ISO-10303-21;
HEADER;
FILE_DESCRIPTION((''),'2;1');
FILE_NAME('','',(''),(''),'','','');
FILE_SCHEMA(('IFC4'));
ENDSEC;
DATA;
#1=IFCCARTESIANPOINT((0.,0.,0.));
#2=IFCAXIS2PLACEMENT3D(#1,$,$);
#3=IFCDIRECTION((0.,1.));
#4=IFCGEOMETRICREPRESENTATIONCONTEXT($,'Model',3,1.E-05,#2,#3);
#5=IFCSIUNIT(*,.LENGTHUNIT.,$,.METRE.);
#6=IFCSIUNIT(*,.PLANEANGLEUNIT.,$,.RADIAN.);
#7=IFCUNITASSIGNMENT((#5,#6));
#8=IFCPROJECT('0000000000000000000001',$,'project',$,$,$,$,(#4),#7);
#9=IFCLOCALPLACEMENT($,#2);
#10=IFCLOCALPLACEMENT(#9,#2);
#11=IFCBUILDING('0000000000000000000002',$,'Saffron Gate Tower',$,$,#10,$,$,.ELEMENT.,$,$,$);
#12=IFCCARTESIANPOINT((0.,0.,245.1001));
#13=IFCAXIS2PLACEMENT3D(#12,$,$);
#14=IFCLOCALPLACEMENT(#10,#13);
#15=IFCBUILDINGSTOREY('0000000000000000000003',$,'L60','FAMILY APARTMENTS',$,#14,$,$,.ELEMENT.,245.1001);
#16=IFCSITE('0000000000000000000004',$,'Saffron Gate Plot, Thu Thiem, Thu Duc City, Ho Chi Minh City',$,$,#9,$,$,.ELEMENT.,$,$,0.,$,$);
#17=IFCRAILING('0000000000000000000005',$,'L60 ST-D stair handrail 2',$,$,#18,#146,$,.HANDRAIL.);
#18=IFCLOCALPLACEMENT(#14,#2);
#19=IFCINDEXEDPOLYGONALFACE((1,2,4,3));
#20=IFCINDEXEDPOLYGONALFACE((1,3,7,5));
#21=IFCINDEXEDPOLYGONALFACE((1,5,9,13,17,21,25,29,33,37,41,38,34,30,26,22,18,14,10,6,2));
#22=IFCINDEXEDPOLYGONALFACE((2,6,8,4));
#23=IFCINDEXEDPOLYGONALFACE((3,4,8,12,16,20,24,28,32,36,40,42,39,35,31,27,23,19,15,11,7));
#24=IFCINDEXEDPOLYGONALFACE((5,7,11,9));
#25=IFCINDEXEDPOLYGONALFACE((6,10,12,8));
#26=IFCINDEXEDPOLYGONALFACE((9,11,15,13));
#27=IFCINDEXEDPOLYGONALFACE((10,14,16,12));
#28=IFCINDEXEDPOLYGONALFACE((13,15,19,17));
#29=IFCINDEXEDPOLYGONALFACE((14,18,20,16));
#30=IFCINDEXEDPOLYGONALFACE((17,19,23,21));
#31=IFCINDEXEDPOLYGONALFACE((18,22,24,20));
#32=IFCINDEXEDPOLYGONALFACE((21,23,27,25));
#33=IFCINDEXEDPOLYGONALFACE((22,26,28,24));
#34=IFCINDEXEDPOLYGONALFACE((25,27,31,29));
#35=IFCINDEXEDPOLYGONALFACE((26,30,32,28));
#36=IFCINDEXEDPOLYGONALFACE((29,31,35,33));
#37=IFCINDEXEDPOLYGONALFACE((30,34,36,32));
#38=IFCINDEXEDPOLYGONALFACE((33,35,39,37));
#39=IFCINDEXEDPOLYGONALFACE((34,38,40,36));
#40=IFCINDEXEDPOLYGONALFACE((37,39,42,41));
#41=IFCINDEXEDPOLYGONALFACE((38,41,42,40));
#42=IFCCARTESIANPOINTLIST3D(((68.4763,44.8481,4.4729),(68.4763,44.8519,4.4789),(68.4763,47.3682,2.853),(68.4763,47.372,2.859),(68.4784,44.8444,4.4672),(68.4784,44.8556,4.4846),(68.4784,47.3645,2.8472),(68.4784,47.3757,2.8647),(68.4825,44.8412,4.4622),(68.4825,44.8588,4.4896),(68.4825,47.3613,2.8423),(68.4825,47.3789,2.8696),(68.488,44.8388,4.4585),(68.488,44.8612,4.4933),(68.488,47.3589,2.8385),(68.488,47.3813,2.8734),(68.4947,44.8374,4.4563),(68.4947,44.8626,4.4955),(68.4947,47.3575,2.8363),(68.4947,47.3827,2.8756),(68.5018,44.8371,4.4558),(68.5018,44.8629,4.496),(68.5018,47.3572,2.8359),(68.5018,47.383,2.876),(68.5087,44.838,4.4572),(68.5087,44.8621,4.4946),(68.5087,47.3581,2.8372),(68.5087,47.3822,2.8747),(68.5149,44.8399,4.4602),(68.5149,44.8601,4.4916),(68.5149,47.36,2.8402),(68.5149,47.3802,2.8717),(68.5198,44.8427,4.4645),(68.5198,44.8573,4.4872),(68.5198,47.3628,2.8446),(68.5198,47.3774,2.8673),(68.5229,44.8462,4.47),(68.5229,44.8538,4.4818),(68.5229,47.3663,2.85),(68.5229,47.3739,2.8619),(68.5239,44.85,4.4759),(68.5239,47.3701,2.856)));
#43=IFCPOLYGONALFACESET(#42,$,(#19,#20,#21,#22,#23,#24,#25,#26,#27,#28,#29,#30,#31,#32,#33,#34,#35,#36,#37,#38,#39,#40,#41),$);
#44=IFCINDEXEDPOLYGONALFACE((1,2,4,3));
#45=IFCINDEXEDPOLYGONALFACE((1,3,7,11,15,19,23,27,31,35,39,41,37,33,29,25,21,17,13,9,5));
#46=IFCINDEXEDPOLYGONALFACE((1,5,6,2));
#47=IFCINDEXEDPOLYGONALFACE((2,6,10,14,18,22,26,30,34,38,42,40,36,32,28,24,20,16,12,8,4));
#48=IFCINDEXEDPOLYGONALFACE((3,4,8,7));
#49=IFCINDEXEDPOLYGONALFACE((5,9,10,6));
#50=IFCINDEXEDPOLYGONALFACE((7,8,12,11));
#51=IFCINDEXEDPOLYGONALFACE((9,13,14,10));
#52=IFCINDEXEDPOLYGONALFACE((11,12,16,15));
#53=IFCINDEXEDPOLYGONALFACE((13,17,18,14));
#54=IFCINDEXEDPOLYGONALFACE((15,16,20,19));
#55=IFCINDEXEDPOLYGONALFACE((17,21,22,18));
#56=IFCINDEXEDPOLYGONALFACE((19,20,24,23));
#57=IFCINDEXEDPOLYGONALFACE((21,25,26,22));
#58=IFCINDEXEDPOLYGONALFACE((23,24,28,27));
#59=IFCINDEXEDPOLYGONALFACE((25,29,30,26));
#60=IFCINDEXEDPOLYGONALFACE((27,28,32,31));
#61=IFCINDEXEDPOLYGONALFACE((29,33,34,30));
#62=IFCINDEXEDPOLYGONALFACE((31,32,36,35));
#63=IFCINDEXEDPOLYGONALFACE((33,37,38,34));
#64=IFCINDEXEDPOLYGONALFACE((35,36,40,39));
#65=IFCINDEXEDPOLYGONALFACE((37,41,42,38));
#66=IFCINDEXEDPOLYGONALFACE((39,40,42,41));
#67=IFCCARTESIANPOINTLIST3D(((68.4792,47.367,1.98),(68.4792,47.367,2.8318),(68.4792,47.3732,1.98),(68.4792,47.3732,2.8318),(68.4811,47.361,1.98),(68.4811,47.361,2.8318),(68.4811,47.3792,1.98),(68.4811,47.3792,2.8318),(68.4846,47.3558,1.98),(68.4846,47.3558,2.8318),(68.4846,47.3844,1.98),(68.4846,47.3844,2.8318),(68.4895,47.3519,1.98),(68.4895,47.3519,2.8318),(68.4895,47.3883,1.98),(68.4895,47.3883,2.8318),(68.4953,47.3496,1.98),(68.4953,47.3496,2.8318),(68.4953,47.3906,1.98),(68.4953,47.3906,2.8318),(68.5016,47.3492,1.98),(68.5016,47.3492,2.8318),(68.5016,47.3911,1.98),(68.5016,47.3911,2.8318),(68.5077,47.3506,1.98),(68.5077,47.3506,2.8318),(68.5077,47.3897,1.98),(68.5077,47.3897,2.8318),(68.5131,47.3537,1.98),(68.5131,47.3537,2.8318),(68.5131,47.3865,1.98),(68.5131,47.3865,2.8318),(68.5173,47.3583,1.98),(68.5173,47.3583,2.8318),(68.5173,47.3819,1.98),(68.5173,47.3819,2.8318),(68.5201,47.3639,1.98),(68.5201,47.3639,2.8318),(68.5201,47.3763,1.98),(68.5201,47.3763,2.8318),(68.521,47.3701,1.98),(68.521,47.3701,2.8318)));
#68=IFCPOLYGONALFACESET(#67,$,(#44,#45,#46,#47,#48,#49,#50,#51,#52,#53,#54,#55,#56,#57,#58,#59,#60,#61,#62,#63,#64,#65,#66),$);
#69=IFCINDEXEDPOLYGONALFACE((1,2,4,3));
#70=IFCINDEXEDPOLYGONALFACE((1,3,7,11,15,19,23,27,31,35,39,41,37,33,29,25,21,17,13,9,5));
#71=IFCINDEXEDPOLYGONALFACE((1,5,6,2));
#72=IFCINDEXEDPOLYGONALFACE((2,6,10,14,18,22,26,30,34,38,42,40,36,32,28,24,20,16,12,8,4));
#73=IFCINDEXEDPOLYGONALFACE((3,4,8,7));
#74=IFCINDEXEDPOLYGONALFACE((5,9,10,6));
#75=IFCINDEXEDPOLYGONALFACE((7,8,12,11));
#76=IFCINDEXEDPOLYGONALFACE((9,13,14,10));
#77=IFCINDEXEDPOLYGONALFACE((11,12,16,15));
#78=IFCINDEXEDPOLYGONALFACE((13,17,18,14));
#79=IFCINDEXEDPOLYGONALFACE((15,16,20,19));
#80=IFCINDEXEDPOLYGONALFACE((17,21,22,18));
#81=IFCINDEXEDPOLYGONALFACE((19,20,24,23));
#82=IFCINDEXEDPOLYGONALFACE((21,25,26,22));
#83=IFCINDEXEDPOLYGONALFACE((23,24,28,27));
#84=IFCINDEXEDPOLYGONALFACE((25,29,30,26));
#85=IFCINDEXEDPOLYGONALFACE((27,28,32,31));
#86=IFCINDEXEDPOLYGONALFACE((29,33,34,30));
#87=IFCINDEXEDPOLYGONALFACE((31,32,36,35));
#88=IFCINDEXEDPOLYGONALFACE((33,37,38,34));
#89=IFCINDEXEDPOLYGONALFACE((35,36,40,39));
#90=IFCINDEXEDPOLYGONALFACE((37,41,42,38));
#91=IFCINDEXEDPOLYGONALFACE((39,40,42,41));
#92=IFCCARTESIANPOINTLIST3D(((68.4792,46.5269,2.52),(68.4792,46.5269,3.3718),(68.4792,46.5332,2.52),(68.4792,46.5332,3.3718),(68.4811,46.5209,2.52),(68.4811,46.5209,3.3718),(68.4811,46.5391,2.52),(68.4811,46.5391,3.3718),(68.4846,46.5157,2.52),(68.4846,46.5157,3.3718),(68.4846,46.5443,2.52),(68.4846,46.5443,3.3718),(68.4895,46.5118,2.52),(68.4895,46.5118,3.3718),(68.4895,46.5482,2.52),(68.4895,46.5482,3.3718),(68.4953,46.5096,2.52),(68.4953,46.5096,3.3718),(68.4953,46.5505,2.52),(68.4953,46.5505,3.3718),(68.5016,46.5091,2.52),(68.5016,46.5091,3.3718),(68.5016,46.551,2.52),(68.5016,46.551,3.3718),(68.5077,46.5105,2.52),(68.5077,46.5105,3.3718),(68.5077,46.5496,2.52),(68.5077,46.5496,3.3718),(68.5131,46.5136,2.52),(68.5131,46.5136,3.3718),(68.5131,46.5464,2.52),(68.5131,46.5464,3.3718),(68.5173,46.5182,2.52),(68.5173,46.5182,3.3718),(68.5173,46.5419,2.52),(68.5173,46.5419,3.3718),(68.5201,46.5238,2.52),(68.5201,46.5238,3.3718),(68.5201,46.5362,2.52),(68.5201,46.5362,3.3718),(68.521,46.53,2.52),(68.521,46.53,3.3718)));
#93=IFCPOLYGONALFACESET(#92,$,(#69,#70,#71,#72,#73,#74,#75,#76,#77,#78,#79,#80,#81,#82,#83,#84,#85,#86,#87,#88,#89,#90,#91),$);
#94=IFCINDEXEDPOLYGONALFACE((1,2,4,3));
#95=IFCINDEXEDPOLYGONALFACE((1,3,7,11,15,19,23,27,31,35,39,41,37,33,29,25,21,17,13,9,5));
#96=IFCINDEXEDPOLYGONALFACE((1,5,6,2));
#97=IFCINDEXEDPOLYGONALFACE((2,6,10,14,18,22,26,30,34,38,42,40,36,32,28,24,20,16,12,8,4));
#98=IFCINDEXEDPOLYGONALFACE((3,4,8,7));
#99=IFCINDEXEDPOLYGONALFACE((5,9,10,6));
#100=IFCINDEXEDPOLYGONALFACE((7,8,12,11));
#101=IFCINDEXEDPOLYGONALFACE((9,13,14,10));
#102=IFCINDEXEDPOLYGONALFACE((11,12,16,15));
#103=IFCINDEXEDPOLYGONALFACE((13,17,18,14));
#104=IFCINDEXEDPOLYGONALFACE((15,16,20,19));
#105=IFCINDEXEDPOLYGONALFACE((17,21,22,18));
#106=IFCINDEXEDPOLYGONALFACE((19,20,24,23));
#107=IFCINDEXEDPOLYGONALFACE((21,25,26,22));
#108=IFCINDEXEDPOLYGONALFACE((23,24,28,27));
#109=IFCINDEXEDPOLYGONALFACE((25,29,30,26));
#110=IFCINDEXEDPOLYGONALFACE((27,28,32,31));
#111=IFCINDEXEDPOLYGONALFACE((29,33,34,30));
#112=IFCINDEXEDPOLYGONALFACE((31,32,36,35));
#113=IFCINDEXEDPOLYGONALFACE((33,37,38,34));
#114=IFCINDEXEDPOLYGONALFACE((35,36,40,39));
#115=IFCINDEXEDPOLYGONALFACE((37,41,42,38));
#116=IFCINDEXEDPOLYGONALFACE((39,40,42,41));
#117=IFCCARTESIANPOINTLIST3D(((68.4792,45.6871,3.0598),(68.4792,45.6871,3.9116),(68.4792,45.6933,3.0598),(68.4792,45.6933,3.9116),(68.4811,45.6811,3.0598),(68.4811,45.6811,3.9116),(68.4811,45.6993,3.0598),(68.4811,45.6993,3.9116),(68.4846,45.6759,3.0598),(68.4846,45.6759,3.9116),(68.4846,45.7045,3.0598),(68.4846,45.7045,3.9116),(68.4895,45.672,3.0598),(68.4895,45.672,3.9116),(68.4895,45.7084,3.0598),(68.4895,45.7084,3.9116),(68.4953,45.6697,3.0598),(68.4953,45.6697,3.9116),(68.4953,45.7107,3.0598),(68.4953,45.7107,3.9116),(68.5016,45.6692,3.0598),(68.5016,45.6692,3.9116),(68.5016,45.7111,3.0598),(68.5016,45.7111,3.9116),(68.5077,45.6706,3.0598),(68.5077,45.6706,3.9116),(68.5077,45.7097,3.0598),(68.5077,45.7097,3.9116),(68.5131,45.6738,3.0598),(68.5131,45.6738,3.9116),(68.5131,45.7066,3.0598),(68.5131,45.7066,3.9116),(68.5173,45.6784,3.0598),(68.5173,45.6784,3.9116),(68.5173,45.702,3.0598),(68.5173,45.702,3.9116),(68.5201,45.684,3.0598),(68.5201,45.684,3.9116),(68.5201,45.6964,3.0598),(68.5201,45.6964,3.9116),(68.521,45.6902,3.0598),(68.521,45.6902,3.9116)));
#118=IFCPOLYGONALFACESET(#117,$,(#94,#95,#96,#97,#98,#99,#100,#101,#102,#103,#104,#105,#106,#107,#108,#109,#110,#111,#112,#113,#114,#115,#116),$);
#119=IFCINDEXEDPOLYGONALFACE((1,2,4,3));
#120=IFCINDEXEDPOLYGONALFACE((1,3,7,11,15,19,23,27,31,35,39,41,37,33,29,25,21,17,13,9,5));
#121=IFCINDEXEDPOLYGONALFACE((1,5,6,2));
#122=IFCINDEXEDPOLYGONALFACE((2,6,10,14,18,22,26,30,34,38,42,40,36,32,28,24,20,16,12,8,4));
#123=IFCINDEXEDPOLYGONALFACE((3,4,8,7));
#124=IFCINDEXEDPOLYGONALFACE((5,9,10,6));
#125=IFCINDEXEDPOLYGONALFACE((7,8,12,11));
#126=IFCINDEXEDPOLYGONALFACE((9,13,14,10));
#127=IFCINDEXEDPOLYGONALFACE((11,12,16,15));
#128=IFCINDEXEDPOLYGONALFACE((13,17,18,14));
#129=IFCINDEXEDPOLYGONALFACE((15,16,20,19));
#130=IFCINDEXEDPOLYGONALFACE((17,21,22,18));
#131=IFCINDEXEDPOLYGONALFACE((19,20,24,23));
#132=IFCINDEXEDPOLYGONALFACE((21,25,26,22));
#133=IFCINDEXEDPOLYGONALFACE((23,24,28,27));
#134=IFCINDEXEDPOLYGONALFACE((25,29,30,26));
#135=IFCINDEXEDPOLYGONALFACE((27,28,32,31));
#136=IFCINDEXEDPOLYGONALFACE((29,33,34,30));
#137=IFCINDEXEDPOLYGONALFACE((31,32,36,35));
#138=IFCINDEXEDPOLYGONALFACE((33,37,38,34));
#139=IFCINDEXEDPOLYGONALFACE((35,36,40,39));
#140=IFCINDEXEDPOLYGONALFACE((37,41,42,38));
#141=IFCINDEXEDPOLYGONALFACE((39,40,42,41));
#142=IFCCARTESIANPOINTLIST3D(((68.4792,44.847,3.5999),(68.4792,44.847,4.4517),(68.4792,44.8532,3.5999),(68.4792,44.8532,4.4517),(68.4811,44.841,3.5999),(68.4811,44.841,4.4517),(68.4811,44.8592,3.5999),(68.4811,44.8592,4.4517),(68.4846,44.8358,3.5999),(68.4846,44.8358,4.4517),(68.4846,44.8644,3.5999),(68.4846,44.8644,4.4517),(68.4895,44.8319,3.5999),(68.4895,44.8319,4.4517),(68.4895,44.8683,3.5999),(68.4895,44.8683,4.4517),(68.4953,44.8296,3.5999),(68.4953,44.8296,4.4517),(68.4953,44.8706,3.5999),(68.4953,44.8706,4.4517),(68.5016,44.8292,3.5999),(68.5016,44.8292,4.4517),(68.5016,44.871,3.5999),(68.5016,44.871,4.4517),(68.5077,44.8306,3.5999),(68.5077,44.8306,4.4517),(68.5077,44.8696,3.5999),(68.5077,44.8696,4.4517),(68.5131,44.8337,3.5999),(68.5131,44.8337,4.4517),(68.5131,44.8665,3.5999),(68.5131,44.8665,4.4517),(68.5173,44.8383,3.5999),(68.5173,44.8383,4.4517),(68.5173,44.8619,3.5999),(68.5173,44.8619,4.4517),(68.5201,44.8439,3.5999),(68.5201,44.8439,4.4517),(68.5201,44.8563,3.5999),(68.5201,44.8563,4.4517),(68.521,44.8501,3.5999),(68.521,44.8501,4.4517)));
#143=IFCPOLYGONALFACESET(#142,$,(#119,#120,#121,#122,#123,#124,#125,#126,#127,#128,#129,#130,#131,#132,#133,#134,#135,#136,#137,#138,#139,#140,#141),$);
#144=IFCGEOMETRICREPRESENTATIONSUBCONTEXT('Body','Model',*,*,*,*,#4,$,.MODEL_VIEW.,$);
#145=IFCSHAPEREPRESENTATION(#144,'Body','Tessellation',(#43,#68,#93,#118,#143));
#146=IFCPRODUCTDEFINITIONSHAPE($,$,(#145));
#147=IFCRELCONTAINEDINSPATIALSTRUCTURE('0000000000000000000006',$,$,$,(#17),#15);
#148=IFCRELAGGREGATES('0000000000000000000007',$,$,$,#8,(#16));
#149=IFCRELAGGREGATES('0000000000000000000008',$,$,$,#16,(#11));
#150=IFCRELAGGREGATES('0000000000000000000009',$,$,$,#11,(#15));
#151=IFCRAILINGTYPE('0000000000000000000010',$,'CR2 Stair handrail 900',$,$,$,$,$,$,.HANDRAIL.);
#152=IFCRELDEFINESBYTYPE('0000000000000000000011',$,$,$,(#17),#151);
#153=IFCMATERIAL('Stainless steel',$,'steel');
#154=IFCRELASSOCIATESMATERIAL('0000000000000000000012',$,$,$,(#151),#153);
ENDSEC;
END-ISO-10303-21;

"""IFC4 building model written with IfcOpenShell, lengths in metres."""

from ifc_helpers import new_model, si_unit, direction, frame, origin, origin_2d, place, context, subcontext, project, spatial, circle, extrude, material, type_object, element, save


model = new_model("IFC4")

# Units and contexts
model_context = context("Model", 3, precision=1e-05, world=origin(), true_north=direction((0.0, 1.0)))
body_context = subcontext(model_context, "Body", "Model", "MODEL_VIEW")
ifc_project = project(units=[si_unit("LENGTHUNIT", "METRE"), si_unit("PLANEANGLEUNIT", "RADIAN")], contexts=[model_context])

# Site, building, storey
site_placement = place(None, origin())
site = spatial("IfcSite", under=ifc_project, at=site_placement, Name="Saffron Gate Plot, Thu Thiem, Thu Duc City, Ho Chi Minh City", CompositionType="ELEMENT", RefElevation=0.0)
building_placement = place(site_placement, origin())
building = spatial("IfcBuilding", under=site, at=building_placement, Name="Saffron Gate Tower", CompositionType="ELEMENT")
storey_placement = place(building_placement, frame((0.0, 0.0, 245.1001)))
storey = spatial("IfcBuildingStorey", under=building, at=storey_placement, Name="L60", Description="FAMILY APARTMENTS", CompositionType="ELEMENT", Elevation=245.1001)

# Railing
ifc_material_1 = material(Name="Stainless steel", Category="steel")
railing_type_1 = type_object("IfcRailingType", Name="CR2 Stair handrail 900", PredefinedType="HANDRAIL", material=ifc_material_1)
railing_1_placement = place(storey_placement, frame((68.5, 47.3701, 1.98)))
element("IfcRailing", 1, at=railing_1_placement, inside=storey, type_object=railing_type_1, Name="L60 ST-D stair handrail 2", PredefinedType="HANDRAIL", context=body_context, shape_type="SweptSolid", body=[
    extrude(circle(Radius=0.0239, at=origin_2d()), frame((0.0, 0.0, 0.876), z_axis=(0.0, -0.8412, 0.540725), x_axis=(1.0, 0.0, 0.0)), (0.0, 0.0, 1.0), 2.9958),
    extrude(circle(Radius=0.021, at=origin_2d()), origin(), (0.0, 0.0, 1.0), 0.8518),
    extrude(circle(Radius=0.021, at=origin_2d()), frame((0.0, -0.8401, 0.54)), (0.0, 0.0, 1.0), 0.8518),
    extrude(circle(Radius=0.021, at=origin_2d()), frame((0.0, -1.6799, 1.0798)), (0.0, 0.0, 1.0), 0.8518),
    extrude(circle(Radius=0.021, at=origin_2d()), frame((0.0, -2.52, 1.6199)), (0.0, 0.0, 1.0), 0.8518),
])

save(model, "model.ifc")
